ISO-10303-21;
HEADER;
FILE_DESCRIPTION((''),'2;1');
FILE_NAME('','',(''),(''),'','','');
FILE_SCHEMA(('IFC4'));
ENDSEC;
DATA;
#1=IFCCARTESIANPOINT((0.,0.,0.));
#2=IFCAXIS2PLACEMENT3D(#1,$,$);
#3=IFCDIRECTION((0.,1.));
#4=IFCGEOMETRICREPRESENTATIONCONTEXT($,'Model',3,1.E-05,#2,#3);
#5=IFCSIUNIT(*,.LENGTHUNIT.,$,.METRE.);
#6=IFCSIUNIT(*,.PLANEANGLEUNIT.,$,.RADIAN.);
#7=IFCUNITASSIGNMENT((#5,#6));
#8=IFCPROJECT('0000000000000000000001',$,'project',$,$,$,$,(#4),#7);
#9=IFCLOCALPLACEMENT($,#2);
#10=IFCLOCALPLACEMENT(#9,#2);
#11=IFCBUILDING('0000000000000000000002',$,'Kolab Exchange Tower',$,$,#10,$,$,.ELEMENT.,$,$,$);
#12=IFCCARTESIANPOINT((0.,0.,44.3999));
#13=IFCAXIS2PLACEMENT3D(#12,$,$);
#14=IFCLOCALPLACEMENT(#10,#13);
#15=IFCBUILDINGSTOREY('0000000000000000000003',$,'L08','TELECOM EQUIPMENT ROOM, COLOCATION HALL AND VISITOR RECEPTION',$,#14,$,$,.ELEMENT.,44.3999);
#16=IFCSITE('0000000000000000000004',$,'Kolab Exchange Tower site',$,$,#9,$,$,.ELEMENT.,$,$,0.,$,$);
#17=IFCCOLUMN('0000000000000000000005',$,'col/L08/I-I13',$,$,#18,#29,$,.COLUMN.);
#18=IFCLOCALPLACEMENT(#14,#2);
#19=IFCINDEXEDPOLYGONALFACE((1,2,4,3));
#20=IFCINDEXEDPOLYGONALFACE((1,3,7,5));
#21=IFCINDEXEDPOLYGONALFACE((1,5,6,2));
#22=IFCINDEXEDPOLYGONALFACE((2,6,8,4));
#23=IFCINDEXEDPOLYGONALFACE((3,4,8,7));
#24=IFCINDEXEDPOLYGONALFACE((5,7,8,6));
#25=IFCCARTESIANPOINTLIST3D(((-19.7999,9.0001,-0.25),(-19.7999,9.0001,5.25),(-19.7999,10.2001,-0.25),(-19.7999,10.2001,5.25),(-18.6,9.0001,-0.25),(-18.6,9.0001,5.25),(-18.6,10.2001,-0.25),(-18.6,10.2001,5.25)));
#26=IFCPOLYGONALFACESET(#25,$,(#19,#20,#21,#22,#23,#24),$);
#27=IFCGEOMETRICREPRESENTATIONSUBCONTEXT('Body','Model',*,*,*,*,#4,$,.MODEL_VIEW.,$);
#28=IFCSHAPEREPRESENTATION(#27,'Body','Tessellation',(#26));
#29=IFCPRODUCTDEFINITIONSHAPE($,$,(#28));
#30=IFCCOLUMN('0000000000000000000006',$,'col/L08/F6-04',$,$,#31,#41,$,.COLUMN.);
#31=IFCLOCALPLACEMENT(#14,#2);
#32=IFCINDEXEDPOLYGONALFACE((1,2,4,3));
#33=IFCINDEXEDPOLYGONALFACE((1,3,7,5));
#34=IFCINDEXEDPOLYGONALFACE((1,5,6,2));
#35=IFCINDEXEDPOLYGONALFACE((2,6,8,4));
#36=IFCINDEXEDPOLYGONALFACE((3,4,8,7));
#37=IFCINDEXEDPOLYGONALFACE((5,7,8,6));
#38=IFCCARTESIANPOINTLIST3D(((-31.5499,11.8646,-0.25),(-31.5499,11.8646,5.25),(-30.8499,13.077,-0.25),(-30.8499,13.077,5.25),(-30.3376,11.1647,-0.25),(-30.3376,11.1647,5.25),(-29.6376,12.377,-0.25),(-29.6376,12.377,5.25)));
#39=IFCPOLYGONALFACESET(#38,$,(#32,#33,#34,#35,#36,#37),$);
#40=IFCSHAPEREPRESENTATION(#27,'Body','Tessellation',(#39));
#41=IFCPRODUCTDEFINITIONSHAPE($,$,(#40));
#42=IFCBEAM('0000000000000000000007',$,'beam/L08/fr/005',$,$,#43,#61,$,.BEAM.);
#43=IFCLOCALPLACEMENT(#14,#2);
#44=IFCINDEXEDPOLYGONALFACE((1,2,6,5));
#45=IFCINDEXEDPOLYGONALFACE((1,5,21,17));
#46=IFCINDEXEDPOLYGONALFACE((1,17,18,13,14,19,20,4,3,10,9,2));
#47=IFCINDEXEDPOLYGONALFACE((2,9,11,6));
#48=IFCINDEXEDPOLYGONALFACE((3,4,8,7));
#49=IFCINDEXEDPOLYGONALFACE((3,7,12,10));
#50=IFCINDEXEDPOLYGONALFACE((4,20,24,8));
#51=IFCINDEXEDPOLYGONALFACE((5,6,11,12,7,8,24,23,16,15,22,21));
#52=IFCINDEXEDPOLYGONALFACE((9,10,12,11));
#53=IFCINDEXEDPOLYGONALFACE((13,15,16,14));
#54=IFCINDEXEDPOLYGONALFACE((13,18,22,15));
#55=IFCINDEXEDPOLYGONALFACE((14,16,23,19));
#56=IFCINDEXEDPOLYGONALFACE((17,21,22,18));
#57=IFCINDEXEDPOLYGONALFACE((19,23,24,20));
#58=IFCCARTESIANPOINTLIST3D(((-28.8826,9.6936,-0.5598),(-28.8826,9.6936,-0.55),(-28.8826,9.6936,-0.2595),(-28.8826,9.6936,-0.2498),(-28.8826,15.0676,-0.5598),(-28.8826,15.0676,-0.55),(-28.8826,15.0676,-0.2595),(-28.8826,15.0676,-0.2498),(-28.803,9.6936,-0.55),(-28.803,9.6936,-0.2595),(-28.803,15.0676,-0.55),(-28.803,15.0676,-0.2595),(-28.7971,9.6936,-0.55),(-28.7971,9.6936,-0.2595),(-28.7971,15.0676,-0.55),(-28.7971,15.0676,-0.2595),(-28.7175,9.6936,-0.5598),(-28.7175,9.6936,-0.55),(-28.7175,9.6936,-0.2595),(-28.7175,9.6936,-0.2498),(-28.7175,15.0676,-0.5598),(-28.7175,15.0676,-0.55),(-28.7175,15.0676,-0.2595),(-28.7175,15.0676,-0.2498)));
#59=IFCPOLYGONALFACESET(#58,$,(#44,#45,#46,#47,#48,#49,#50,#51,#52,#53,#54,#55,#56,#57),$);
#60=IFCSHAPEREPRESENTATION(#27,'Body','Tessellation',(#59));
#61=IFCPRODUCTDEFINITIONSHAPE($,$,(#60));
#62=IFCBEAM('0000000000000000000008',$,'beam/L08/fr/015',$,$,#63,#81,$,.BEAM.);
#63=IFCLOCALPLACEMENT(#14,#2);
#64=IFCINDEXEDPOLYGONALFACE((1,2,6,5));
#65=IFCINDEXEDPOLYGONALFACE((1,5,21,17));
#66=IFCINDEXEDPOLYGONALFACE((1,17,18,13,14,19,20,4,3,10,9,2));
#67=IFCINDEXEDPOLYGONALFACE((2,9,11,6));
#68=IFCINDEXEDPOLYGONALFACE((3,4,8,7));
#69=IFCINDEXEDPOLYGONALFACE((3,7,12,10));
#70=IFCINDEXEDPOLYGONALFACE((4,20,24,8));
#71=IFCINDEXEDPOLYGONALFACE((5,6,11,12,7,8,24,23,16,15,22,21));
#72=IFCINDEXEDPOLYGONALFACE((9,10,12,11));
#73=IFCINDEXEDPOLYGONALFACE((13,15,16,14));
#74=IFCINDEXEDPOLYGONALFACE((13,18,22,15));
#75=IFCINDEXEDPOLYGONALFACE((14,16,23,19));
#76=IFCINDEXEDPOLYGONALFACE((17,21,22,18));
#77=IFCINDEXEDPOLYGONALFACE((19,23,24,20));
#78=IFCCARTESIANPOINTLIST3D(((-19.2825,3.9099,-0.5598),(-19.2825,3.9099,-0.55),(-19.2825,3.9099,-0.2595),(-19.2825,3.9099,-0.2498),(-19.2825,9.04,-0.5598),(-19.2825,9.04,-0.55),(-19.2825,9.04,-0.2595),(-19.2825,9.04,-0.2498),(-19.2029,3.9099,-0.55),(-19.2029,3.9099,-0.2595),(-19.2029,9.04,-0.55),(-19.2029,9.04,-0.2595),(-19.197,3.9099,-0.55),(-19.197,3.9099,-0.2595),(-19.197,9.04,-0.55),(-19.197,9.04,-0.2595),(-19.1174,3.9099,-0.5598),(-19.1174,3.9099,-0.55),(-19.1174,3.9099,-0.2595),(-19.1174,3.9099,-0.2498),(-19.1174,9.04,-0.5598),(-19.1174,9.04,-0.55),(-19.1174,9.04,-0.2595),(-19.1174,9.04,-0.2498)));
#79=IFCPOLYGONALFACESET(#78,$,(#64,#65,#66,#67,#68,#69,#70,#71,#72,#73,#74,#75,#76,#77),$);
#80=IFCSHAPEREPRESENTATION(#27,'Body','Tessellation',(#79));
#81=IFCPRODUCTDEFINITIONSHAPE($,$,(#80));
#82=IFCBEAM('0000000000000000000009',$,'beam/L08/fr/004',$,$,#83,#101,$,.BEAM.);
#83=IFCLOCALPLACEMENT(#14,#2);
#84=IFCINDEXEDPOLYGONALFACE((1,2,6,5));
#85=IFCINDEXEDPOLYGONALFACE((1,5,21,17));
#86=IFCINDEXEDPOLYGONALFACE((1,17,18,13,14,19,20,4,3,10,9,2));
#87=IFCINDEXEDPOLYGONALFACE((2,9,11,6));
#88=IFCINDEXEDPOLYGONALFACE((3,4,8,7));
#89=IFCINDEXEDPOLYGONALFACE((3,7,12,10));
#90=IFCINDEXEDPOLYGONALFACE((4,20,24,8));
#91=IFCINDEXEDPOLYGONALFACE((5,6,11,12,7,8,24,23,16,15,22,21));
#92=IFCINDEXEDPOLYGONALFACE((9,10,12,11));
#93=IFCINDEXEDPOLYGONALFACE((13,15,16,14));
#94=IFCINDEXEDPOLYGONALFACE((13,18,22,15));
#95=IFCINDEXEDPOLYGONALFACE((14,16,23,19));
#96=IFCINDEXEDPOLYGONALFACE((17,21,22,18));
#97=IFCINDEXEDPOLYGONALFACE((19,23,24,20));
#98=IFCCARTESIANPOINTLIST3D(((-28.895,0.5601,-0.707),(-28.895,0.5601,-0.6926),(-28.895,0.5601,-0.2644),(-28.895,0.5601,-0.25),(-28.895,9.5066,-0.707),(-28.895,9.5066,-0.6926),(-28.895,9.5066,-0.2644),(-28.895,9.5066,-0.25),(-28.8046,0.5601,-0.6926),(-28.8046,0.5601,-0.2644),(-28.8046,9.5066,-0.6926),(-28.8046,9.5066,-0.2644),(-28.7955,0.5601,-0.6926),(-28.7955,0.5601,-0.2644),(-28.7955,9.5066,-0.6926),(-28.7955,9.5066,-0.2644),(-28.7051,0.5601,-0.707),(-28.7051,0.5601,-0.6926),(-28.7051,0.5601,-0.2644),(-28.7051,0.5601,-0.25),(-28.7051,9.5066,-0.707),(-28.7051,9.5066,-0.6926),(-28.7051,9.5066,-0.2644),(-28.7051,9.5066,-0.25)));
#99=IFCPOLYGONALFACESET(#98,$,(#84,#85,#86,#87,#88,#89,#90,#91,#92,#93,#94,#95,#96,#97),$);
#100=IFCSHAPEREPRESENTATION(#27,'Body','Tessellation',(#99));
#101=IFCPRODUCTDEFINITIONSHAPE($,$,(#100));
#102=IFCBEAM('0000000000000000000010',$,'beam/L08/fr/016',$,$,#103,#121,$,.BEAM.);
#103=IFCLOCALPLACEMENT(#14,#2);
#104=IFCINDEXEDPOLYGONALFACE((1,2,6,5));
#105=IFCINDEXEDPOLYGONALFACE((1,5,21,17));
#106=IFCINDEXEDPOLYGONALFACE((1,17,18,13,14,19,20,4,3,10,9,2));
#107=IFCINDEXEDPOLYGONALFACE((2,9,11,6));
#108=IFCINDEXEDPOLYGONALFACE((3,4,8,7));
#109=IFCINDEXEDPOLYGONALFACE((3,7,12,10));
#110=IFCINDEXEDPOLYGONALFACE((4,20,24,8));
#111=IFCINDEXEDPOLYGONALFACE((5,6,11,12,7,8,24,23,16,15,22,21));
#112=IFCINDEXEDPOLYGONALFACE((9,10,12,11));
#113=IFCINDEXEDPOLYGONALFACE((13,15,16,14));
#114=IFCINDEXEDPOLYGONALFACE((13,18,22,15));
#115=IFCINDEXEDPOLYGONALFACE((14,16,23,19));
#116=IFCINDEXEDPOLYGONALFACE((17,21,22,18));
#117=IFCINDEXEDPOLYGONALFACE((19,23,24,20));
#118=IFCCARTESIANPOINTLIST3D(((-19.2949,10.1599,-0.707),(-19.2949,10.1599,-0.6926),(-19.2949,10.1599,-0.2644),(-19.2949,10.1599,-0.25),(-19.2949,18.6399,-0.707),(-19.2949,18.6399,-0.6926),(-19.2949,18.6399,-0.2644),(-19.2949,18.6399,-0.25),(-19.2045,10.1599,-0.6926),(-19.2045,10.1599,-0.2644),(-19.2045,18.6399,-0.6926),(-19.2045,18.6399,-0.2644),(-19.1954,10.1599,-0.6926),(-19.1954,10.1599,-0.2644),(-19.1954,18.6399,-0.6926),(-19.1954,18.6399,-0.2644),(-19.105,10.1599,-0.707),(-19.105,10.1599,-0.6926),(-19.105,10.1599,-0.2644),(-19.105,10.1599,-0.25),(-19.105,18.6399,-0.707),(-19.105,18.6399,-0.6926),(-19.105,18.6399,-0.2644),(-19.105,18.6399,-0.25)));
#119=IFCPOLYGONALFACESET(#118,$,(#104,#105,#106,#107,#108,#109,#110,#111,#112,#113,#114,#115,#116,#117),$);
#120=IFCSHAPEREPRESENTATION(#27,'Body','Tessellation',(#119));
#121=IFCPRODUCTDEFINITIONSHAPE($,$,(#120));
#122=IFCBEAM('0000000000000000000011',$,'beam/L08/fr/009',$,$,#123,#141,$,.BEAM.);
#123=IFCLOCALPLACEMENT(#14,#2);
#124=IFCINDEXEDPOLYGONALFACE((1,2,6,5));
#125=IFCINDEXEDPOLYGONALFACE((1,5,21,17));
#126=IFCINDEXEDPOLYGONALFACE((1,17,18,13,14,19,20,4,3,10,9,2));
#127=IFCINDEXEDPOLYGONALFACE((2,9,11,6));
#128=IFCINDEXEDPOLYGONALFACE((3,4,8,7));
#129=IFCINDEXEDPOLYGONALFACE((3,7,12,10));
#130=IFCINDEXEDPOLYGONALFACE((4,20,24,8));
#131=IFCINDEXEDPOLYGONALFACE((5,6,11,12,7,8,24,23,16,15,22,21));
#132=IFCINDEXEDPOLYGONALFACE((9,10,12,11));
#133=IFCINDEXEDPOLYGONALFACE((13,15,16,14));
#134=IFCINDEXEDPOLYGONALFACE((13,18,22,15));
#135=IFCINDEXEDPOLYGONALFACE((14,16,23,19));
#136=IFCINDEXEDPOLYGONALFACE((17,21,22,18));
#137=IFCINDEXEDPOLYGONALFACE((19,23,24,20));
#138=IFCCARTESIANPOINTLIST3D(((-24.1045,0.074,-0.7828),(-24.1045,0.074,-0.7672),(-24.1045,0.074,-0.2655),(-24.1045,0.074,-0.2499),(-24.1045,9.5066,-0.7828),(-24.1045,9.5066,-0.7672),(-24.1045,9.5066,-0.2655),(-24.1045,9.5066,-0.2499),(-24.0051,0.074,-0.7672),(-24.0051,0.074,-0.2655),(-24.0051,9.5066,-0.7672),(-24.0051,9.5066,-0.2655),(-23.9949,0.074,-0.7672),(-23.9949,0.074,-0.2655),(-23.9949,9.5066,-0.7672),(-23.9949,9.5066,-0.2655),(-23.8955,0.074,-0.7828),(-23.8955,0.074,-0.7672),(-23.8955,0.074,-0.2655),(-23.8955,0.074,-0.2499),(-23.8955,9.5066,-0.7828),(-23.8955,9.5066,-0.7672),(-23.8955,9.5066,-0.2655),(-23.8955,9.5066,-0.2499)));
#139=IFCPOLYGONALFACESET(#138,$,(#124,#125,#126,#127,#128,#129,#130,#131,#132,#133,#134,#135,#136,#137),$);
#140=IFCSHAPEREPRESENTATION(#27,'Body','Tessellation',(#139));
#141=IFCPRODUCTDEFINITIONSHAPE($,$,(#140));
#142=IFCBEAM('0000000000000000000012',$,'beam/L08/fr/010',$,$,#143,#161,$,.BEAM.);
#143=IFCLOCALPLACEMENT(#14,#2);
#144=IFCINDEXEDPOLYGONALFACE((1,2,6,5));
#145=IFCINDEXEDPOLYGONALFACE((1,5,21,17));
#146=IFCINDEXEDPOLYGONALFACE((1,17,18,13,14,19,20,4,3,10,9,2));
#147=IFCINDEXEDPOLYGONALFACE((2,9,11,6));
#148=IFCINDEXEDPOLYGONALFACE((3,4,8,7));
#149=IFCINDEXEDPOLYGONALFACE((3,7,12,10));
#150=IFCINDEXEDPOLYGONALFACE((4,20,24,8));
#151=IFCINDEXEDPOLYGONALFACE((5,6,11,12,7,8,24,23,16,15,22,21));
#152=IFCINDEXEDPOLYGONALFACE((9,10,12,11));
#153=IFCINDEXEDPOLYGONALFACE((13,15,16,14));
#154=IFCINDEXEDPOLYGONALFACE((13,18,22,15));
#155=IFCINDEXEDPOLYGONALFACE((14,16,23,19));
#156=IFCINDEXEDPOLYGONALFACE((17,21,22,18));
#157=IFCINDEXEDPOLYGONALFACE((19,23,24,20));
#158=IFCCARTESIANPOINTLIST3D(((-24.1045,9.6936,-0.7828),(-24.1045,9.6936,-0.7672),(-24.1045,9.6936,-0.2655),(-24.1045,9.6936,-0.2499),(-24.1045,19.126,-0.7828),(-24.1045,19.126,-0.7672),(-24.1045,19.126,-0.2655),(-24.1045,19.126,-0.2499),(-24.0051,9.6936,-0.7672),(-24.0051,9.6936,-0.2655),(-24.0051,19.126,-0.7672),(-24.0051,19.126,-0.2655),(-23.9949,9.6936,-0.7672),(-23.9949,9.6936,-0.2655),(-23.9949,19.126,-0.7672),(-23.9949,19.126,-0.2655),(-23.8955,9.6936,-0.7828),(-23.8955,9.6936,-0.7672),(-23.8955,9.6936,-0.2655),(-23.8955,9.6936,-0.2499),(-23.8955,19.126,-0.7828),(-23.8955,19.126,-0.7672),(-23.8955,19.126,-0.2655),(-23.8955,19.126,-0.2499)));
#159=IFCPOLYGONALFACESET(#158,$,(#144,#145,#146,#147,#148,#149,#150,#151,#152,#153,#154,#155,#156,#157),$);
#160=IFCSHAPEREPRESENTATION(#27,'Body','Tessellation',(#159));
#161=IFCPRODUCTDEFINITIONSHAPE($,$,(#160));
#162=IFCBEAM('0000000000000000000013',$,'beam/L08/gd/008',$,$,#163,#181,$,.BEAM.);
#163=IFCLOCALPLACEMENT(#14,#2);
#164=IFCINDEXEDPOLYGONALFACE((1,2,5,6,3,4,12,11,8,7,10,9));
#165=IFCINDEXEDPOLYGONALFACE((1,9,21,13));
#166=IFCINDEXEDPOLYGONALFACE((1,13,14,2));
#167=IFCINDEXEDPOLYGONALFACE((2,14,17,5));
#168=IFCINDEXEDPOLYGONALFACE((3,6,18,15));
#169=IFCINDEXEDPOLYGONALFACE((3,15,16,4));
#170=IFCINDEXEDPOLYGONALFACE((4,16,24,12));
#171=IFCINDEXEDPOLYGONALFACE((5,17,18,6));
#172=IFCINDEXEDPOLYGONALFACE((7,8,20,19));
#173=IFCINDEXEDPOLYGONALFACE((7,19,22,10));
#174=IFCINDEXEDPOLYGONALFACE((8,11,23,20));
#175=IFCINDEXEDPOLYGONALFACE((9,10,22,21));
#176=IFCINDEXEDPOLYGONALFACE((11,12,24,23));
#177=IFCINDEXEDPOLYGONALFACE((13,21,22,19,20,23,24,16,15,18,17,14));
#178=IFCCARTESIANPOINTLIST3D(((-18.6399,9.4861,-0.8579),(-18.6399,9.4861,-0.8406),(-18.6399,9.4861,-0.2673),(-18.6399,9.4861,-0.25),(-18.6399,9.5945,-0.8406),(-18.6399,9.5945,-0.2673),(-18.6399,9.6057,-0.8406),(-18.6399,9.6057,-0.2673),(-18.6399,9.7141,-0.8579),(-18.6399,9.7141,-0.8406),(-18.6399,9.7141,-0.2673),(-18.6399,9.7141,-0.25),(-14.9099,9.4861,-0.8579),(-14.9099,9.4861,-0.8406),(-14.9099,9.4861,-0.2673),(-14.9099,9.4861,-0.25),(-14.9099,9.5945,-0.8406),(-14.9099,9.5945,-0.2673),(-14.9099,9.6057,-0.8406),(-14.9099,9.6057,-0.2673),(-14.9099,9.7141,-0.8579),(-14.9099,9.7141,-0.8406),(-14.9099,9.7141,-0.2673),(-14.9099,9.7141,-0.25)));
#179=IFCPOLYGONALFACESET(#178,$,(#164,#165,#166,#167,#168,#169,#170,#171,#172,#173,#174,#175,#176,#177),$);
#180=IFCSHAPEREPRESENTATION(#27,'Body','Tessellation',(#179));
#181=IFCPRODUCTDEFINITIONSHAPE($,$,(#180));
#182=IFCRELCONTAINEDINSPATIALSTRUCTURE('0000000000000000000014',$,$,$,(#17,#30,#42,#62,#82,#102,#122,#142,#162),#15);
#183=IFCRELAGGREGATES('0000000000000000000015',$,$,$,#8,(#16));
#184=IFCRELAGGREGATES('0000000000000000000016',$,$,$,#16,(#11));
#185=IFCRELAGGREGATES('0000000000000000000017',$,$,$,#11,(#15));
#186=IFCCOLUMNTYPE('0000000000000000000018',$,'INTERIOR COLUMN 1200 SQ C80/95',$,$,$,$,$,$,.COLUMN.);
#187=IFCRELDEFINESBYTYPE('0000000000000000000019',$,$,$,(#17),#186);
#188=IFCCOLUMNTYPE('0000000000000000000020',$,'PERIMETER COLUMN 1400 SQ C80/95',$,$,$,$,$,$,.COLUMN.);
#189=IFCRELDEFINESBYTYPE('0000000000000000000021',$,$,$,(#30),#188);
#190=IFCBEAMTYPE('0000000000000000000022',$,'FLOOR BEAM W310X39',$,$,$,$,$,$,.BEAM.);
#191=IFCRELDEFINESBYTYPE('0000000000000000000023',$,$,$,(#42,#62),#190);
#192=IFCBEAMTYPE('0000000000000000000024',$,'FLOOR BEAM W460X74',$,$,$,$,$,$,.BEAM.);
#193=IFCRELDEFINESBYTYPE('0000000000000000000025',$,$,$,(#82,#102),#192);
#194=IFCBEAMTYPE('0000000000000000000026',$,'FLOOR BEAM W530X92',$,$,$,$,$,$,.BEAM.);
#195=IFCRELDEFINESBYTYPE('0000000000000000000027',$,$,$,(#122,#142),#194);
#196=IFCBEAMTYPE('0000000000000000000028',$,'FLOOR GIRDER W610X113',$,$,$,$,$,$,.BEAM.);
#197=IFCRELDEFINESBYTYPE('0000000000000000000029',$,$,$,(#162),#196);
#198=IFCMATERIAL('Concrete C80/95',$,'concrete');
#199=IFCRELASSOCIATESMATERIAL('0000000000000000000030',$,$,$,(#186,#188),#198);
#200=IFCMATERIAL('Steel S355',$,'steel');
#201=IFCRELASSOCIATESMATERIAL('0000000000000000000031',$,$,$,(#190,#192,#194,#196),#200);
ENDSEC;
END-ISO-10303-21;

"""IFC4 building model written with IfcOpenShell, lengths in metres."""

from ifc_helpers import new_model, si_unit, direction, frame, origin, origin_2d, place, context, subcontext, project, spatial, rectangle, i_section, extrude, material, material_profile, profile_set, type_object, element, save


model = new_model("IFC4")

# Units and contexts
model_context = context("Model", 3, precision=1e-05, world=origin(), true_north=direction((0.0, 1.0)))
body_context = subcontext(model_context, "Body", "Model", "MODEL_VIEW")
ifc_project = project(units=[si_unit("LENGTHUNIT", "METRE"), si_unit("PLANEANGLEUNIT", "RADIAN")], contexts=[model_context])

# Site, building, storey
site_placement = place(None, origin())
site = spatial("IfcSite", under=ifc_project, at=site_placement, Name="Kolab Exchange Tower site", CompositionType="ELEMENT", RefElevation=0.0)
building_placement = place(site_placement, origin())
building = spatial("IfcBuilding", under=site, at=building_placement, Name="Kolab Exchange Tower", CompositionType="ELEMENT")
storey_placement = place(building_placement, frame((0.0, 0.0, 44.3999)))
storey = spatial("IfcBuildingStorey", under=building, at=storey_placement, Name="L08", Description="TELECOM EQUIPMENT ROOM, COLOCATION HALL AND VISITOR RECEPTION", CompositionType="ELEMENT", Elevation=44.3999)

# Columns
ifc_material_1 = material(Name="Concrete C80/95", Category="concrete")
ifc_material_profile_1 = material_profile(ifc_material_1, rectangle(XDim=1.2, YDim=1.2, at=origin_2d()), Name="RC1200")
ifc_profile_set_1 = profile_set([ifc_material_profile_1], Name="Concrete C80/95")
column_type_1 = type_object("IfcColumnType", Name="INTERIOR COLUMN 1200 SQ C80/95", PredefinedType="COLUMN", material=ifc_profile_set_1)
column_1_placement = place(storey_placement, frame((-19.2, 9.6001, -0.25), z_axis=(0.0, 0.0, 1.0), x_axis=(1.0, 0.0, 0.0)))
element("IfcColumn", 1, at=column_1_placement, inside=storey, type_object=column_type_1, Name="col/L08/I-I13", PredefinedType="COLUMN", context=body_context, shape_type="SweptSolid", body=[
    extrude(rectangle(XDim=1.2, YDim=1.2, at=origin_2d()), origin(), (0.0, 0.0, 1.0), 5.5),
])
ifc_material_profile_2 = material_profile(ifc_material_1, rectangle(XDim=1.3999, YDim=1.3999, at=origin_2d()), Name="RC1400")
ifc_profile_set_2 = profile_set([ifc_material_profile_2], Name="Concrete C80/95")
column_type_2 = type_object("IfcColumnType", Name="PERIMETER COLUMN 1400 SQ C80/95", PredefinedType="COLUMN", material=ifc_profile_set_2)
column_2_placement = place(storey_placement, frame((-30.5938, 12.1208, -0.25), z_axis=(0.0, 0.0, 1.0), x_axis=(0.5, 0.866025, 0.0)))
element("IfcColumn", 2, at=column_2_placement, inside=storey, type_object=column_type_2, Name="col/L08/F6-04", PredefinedType="COLUMN", context=body_context, shape_type="SweptSolid", body=[
    extrude(rectangle(XDim=1.3999, YDim=1.3999, at=origin_2d()), origin(), (0.0, 0.0, 1.0), 5.5),
])

# Beams
ifc_material_2 = material(Name="Steel S355", Category="steel")
ifc_material_profile_3 = material_profile(ifc_material_2, i_section(OverallWidth=0.165, OverallDepth=0.3101, WebThickness=0.0059, FlangeThickness=0.0098, at=origin_2d()), Name="W310X39")
ifc_profile_set_3 = profile_set([ifc_material_profile_3], Name="Steel S355")
beam_type_1 = type_object("IfcBeamType", Name="FLOOR BEAM W310X39", PredefinedType="BEAM", material=ifc_profile_set_3)
beam_1_placement = place(storey_placement, frame((-28.8, 9.6936, -0.4048), z_axis=(0.0, 1.0, 0.0), x_axis=(-1.0, 0.0, 0.0)))
element("IfcBeam", 3, at=beam_1_placement, inside=storey, type_object=beam_type_1, Name="beam/L08/fr/005", PredefinedType="BEAM", context=body_context, shape_type="SweptSolid", body=[
    extrude(i_section(OverallWidth=0.165, OverallDepth=0.3101, WebThickness=0.0059, FlangeThickness=0.0098, at=origin_2d()), origin(), (0.0, 0.0, 1.0), 5.374),
])
beam_2_placement = place(storey_placement, frame((-19.2, 3.9099, -0.4048), z_axis=(0.0, 1.0, 0.0), x_axis=(-1.0, 0.0, 0.0)))
element("IfcBeam", 4, at=beam_2_placement, inside=storey, type_object=beam_type_1, Name="beam/L08/fr/015", PredefinedType="BEAM", context=body_context, shape_type="SweptSolid", body=[
    extrude(i_section(OverallWidth=0.165, OverallDepth=0.3101, WebThickness=0.0059, FlangeThickness=0.0098, at=origin_2d()), origin(), (0.0, 0.0, 1.0), 5.1301),
])
ifc_material_profile_4 = material_profile(ifc_material_2, i_section(OverallWidth=0.1899, OverallDepth=0.457, WebThickness=0.009, FlangeThickness=0.0144, at=origin_2d()), Name="W460X74")
ifc_profile_set_4 = profile_set([ifc_material_profile_4], Name="Steel S355")
beam_type_2 = type_object("IfcBeamType", Name="FLOOR BEAM W460X74", PredefinedType="BEAM", material=ifc_profile_set_4)
beam_3_placement = place(storey_placement, frame((-28.8, 0.5601, -0.4785), z_axis=(0.0, 1.0, 0.0), x_axis=(-1.0, 0.0, 0.0)))
element("IfcBeam", 5, at=beam_3_placement, inside=storey, type_object=beam_type_2, Name="beam/L08/fr/004", PredefinedType="BEAM", context=body_context, shape_type="SweptSolid", body=[
    extrude(i_section(OverallWidth=0.1899, OverallDepth=0.457, WebThickness=0.009, FlangeThickness=0.0144, at=origin_2d()), origin(), (0.0, 0.0, 1.0), 8.9465),
])
beam_4_placement = place(storey_placement, frame((-19.2, 10.1599, -0.4785), z_axis=(0.0, 1.0, 0.0), x_axis=(-1.0, 0.0, 0.0)))
element("IfcBeam", 6, at=beam_4_placement, inside=storey, type_object=beam_type_2, Name="beam/L08/fr/016", PredefinedType="BEAM", context=body_context, shape_type="SweptSolid", body=[
    extrude(i_section(OverallWidth=0.1899, OverallDepth=0.457, WebThickness=0.009, FlangeThickness=0.0144, at=origin_2d()), origin(), (0.0, 0.0, 1.0), 8.48),
])
ifc_material_profile_5 = material_profile(ifc_material_2, i_section(OverallWidth=0.209, OverallDepth=0.533, WebThickness=0.0103, FlangeThickness=0.0156, at=origin_2d()), Name="W530X92")
ifc_profile_set_5 = profile_set([ifc_material_profile_5], Name="Steel S355")
beam_type_3 = type_object("IfcBeamType", Name="FLOOR BEAM W530X92", PredefinedType="BEAM", material=ifc_profile_set_5)
beam_5_placement = place(storey_placement, frame((-24.0, 0.074, -0.5164), z_axis=(0.0, 1.0, 0.0), x_axis=(-1.0, 0.0, 0.0)))
element("IfcBeam", 7, at=beam_5_placement, inside=storey, type_object=beam_type_3, Name="beam/L08/fr/009", PredefinedType="BEAM", context=body_context, shape_type="SweptSolid", body=[
    extrude(i_section(OverallWidth=0.209, OverallDepth=0.533, WebThickness=0.0103, FlangeThickness=0.0156, at=origin_2d()), origin(), (0.0, 0.0, 1.0), 9.4326),
])
beam_6_placement = place(storey_placement, frame((-24.0, 9.6936, -0.5164), z_axis=(0.0, 1.0, 0.0), x_axis=(-1.0, 0.0, 0.0)))
element("IfcBeam", 8, at=beam_6_placement, inside=storey, type_object=beam_type_3, Name="beam/L08/fr/010", PredefinedType="BEAM", context=body_context, shape_type="SweptSolid", body=[
    extrude(i_section(OverallWidth=0.209, OverallDepth=0.533, WebThickness=0.0103, FlangeThickness=0.0156, at=origin_2d()), origin(), (0.0, 0.0, 1.0), 9.4324),
])
ifc_material_profile_6 = material_profile(ifc_material_2, i_section(OverallWidth=0.228, OverallDepth=0.6079, WebThickness=0.0112, FlangeThickness=0.0173, at=origin_2d()), Name="W610X113")
ifc_profile_set_6 = profile_set([ifc_material_profile_6], Name="Steel S355")
beam_type_4 = type_object("IfcBeamType", Name="FLOOR GIRDER W610X113", PredefinedType="BEAM", material=ifc_profile_set_6)
beam_7_placement = place(storey_placement, frame((-18.6399, 9.6001, -0.554), z_axis=(1.0, 0.0, 0.0), x_axis=(0.0, 1.0, 0.0)))
element("IfcBeam", 9, at=beam_7_placement, inside=storey, type_object=beam_type_4, Name="beam/L08/gd/008", PredefinedType="BEAM", context=body_context, shape_type="SweptSolid", body=[
    extrude(i_section(OverallWidth=0.228, OverallDepth=0.6079, WebThickness=0.0112, FlangeThickness=0.0173, at=origin_2d()), origin(), (0.0, 0.0, 1.0), 3.73),
])

save(model, "model.ifc")
